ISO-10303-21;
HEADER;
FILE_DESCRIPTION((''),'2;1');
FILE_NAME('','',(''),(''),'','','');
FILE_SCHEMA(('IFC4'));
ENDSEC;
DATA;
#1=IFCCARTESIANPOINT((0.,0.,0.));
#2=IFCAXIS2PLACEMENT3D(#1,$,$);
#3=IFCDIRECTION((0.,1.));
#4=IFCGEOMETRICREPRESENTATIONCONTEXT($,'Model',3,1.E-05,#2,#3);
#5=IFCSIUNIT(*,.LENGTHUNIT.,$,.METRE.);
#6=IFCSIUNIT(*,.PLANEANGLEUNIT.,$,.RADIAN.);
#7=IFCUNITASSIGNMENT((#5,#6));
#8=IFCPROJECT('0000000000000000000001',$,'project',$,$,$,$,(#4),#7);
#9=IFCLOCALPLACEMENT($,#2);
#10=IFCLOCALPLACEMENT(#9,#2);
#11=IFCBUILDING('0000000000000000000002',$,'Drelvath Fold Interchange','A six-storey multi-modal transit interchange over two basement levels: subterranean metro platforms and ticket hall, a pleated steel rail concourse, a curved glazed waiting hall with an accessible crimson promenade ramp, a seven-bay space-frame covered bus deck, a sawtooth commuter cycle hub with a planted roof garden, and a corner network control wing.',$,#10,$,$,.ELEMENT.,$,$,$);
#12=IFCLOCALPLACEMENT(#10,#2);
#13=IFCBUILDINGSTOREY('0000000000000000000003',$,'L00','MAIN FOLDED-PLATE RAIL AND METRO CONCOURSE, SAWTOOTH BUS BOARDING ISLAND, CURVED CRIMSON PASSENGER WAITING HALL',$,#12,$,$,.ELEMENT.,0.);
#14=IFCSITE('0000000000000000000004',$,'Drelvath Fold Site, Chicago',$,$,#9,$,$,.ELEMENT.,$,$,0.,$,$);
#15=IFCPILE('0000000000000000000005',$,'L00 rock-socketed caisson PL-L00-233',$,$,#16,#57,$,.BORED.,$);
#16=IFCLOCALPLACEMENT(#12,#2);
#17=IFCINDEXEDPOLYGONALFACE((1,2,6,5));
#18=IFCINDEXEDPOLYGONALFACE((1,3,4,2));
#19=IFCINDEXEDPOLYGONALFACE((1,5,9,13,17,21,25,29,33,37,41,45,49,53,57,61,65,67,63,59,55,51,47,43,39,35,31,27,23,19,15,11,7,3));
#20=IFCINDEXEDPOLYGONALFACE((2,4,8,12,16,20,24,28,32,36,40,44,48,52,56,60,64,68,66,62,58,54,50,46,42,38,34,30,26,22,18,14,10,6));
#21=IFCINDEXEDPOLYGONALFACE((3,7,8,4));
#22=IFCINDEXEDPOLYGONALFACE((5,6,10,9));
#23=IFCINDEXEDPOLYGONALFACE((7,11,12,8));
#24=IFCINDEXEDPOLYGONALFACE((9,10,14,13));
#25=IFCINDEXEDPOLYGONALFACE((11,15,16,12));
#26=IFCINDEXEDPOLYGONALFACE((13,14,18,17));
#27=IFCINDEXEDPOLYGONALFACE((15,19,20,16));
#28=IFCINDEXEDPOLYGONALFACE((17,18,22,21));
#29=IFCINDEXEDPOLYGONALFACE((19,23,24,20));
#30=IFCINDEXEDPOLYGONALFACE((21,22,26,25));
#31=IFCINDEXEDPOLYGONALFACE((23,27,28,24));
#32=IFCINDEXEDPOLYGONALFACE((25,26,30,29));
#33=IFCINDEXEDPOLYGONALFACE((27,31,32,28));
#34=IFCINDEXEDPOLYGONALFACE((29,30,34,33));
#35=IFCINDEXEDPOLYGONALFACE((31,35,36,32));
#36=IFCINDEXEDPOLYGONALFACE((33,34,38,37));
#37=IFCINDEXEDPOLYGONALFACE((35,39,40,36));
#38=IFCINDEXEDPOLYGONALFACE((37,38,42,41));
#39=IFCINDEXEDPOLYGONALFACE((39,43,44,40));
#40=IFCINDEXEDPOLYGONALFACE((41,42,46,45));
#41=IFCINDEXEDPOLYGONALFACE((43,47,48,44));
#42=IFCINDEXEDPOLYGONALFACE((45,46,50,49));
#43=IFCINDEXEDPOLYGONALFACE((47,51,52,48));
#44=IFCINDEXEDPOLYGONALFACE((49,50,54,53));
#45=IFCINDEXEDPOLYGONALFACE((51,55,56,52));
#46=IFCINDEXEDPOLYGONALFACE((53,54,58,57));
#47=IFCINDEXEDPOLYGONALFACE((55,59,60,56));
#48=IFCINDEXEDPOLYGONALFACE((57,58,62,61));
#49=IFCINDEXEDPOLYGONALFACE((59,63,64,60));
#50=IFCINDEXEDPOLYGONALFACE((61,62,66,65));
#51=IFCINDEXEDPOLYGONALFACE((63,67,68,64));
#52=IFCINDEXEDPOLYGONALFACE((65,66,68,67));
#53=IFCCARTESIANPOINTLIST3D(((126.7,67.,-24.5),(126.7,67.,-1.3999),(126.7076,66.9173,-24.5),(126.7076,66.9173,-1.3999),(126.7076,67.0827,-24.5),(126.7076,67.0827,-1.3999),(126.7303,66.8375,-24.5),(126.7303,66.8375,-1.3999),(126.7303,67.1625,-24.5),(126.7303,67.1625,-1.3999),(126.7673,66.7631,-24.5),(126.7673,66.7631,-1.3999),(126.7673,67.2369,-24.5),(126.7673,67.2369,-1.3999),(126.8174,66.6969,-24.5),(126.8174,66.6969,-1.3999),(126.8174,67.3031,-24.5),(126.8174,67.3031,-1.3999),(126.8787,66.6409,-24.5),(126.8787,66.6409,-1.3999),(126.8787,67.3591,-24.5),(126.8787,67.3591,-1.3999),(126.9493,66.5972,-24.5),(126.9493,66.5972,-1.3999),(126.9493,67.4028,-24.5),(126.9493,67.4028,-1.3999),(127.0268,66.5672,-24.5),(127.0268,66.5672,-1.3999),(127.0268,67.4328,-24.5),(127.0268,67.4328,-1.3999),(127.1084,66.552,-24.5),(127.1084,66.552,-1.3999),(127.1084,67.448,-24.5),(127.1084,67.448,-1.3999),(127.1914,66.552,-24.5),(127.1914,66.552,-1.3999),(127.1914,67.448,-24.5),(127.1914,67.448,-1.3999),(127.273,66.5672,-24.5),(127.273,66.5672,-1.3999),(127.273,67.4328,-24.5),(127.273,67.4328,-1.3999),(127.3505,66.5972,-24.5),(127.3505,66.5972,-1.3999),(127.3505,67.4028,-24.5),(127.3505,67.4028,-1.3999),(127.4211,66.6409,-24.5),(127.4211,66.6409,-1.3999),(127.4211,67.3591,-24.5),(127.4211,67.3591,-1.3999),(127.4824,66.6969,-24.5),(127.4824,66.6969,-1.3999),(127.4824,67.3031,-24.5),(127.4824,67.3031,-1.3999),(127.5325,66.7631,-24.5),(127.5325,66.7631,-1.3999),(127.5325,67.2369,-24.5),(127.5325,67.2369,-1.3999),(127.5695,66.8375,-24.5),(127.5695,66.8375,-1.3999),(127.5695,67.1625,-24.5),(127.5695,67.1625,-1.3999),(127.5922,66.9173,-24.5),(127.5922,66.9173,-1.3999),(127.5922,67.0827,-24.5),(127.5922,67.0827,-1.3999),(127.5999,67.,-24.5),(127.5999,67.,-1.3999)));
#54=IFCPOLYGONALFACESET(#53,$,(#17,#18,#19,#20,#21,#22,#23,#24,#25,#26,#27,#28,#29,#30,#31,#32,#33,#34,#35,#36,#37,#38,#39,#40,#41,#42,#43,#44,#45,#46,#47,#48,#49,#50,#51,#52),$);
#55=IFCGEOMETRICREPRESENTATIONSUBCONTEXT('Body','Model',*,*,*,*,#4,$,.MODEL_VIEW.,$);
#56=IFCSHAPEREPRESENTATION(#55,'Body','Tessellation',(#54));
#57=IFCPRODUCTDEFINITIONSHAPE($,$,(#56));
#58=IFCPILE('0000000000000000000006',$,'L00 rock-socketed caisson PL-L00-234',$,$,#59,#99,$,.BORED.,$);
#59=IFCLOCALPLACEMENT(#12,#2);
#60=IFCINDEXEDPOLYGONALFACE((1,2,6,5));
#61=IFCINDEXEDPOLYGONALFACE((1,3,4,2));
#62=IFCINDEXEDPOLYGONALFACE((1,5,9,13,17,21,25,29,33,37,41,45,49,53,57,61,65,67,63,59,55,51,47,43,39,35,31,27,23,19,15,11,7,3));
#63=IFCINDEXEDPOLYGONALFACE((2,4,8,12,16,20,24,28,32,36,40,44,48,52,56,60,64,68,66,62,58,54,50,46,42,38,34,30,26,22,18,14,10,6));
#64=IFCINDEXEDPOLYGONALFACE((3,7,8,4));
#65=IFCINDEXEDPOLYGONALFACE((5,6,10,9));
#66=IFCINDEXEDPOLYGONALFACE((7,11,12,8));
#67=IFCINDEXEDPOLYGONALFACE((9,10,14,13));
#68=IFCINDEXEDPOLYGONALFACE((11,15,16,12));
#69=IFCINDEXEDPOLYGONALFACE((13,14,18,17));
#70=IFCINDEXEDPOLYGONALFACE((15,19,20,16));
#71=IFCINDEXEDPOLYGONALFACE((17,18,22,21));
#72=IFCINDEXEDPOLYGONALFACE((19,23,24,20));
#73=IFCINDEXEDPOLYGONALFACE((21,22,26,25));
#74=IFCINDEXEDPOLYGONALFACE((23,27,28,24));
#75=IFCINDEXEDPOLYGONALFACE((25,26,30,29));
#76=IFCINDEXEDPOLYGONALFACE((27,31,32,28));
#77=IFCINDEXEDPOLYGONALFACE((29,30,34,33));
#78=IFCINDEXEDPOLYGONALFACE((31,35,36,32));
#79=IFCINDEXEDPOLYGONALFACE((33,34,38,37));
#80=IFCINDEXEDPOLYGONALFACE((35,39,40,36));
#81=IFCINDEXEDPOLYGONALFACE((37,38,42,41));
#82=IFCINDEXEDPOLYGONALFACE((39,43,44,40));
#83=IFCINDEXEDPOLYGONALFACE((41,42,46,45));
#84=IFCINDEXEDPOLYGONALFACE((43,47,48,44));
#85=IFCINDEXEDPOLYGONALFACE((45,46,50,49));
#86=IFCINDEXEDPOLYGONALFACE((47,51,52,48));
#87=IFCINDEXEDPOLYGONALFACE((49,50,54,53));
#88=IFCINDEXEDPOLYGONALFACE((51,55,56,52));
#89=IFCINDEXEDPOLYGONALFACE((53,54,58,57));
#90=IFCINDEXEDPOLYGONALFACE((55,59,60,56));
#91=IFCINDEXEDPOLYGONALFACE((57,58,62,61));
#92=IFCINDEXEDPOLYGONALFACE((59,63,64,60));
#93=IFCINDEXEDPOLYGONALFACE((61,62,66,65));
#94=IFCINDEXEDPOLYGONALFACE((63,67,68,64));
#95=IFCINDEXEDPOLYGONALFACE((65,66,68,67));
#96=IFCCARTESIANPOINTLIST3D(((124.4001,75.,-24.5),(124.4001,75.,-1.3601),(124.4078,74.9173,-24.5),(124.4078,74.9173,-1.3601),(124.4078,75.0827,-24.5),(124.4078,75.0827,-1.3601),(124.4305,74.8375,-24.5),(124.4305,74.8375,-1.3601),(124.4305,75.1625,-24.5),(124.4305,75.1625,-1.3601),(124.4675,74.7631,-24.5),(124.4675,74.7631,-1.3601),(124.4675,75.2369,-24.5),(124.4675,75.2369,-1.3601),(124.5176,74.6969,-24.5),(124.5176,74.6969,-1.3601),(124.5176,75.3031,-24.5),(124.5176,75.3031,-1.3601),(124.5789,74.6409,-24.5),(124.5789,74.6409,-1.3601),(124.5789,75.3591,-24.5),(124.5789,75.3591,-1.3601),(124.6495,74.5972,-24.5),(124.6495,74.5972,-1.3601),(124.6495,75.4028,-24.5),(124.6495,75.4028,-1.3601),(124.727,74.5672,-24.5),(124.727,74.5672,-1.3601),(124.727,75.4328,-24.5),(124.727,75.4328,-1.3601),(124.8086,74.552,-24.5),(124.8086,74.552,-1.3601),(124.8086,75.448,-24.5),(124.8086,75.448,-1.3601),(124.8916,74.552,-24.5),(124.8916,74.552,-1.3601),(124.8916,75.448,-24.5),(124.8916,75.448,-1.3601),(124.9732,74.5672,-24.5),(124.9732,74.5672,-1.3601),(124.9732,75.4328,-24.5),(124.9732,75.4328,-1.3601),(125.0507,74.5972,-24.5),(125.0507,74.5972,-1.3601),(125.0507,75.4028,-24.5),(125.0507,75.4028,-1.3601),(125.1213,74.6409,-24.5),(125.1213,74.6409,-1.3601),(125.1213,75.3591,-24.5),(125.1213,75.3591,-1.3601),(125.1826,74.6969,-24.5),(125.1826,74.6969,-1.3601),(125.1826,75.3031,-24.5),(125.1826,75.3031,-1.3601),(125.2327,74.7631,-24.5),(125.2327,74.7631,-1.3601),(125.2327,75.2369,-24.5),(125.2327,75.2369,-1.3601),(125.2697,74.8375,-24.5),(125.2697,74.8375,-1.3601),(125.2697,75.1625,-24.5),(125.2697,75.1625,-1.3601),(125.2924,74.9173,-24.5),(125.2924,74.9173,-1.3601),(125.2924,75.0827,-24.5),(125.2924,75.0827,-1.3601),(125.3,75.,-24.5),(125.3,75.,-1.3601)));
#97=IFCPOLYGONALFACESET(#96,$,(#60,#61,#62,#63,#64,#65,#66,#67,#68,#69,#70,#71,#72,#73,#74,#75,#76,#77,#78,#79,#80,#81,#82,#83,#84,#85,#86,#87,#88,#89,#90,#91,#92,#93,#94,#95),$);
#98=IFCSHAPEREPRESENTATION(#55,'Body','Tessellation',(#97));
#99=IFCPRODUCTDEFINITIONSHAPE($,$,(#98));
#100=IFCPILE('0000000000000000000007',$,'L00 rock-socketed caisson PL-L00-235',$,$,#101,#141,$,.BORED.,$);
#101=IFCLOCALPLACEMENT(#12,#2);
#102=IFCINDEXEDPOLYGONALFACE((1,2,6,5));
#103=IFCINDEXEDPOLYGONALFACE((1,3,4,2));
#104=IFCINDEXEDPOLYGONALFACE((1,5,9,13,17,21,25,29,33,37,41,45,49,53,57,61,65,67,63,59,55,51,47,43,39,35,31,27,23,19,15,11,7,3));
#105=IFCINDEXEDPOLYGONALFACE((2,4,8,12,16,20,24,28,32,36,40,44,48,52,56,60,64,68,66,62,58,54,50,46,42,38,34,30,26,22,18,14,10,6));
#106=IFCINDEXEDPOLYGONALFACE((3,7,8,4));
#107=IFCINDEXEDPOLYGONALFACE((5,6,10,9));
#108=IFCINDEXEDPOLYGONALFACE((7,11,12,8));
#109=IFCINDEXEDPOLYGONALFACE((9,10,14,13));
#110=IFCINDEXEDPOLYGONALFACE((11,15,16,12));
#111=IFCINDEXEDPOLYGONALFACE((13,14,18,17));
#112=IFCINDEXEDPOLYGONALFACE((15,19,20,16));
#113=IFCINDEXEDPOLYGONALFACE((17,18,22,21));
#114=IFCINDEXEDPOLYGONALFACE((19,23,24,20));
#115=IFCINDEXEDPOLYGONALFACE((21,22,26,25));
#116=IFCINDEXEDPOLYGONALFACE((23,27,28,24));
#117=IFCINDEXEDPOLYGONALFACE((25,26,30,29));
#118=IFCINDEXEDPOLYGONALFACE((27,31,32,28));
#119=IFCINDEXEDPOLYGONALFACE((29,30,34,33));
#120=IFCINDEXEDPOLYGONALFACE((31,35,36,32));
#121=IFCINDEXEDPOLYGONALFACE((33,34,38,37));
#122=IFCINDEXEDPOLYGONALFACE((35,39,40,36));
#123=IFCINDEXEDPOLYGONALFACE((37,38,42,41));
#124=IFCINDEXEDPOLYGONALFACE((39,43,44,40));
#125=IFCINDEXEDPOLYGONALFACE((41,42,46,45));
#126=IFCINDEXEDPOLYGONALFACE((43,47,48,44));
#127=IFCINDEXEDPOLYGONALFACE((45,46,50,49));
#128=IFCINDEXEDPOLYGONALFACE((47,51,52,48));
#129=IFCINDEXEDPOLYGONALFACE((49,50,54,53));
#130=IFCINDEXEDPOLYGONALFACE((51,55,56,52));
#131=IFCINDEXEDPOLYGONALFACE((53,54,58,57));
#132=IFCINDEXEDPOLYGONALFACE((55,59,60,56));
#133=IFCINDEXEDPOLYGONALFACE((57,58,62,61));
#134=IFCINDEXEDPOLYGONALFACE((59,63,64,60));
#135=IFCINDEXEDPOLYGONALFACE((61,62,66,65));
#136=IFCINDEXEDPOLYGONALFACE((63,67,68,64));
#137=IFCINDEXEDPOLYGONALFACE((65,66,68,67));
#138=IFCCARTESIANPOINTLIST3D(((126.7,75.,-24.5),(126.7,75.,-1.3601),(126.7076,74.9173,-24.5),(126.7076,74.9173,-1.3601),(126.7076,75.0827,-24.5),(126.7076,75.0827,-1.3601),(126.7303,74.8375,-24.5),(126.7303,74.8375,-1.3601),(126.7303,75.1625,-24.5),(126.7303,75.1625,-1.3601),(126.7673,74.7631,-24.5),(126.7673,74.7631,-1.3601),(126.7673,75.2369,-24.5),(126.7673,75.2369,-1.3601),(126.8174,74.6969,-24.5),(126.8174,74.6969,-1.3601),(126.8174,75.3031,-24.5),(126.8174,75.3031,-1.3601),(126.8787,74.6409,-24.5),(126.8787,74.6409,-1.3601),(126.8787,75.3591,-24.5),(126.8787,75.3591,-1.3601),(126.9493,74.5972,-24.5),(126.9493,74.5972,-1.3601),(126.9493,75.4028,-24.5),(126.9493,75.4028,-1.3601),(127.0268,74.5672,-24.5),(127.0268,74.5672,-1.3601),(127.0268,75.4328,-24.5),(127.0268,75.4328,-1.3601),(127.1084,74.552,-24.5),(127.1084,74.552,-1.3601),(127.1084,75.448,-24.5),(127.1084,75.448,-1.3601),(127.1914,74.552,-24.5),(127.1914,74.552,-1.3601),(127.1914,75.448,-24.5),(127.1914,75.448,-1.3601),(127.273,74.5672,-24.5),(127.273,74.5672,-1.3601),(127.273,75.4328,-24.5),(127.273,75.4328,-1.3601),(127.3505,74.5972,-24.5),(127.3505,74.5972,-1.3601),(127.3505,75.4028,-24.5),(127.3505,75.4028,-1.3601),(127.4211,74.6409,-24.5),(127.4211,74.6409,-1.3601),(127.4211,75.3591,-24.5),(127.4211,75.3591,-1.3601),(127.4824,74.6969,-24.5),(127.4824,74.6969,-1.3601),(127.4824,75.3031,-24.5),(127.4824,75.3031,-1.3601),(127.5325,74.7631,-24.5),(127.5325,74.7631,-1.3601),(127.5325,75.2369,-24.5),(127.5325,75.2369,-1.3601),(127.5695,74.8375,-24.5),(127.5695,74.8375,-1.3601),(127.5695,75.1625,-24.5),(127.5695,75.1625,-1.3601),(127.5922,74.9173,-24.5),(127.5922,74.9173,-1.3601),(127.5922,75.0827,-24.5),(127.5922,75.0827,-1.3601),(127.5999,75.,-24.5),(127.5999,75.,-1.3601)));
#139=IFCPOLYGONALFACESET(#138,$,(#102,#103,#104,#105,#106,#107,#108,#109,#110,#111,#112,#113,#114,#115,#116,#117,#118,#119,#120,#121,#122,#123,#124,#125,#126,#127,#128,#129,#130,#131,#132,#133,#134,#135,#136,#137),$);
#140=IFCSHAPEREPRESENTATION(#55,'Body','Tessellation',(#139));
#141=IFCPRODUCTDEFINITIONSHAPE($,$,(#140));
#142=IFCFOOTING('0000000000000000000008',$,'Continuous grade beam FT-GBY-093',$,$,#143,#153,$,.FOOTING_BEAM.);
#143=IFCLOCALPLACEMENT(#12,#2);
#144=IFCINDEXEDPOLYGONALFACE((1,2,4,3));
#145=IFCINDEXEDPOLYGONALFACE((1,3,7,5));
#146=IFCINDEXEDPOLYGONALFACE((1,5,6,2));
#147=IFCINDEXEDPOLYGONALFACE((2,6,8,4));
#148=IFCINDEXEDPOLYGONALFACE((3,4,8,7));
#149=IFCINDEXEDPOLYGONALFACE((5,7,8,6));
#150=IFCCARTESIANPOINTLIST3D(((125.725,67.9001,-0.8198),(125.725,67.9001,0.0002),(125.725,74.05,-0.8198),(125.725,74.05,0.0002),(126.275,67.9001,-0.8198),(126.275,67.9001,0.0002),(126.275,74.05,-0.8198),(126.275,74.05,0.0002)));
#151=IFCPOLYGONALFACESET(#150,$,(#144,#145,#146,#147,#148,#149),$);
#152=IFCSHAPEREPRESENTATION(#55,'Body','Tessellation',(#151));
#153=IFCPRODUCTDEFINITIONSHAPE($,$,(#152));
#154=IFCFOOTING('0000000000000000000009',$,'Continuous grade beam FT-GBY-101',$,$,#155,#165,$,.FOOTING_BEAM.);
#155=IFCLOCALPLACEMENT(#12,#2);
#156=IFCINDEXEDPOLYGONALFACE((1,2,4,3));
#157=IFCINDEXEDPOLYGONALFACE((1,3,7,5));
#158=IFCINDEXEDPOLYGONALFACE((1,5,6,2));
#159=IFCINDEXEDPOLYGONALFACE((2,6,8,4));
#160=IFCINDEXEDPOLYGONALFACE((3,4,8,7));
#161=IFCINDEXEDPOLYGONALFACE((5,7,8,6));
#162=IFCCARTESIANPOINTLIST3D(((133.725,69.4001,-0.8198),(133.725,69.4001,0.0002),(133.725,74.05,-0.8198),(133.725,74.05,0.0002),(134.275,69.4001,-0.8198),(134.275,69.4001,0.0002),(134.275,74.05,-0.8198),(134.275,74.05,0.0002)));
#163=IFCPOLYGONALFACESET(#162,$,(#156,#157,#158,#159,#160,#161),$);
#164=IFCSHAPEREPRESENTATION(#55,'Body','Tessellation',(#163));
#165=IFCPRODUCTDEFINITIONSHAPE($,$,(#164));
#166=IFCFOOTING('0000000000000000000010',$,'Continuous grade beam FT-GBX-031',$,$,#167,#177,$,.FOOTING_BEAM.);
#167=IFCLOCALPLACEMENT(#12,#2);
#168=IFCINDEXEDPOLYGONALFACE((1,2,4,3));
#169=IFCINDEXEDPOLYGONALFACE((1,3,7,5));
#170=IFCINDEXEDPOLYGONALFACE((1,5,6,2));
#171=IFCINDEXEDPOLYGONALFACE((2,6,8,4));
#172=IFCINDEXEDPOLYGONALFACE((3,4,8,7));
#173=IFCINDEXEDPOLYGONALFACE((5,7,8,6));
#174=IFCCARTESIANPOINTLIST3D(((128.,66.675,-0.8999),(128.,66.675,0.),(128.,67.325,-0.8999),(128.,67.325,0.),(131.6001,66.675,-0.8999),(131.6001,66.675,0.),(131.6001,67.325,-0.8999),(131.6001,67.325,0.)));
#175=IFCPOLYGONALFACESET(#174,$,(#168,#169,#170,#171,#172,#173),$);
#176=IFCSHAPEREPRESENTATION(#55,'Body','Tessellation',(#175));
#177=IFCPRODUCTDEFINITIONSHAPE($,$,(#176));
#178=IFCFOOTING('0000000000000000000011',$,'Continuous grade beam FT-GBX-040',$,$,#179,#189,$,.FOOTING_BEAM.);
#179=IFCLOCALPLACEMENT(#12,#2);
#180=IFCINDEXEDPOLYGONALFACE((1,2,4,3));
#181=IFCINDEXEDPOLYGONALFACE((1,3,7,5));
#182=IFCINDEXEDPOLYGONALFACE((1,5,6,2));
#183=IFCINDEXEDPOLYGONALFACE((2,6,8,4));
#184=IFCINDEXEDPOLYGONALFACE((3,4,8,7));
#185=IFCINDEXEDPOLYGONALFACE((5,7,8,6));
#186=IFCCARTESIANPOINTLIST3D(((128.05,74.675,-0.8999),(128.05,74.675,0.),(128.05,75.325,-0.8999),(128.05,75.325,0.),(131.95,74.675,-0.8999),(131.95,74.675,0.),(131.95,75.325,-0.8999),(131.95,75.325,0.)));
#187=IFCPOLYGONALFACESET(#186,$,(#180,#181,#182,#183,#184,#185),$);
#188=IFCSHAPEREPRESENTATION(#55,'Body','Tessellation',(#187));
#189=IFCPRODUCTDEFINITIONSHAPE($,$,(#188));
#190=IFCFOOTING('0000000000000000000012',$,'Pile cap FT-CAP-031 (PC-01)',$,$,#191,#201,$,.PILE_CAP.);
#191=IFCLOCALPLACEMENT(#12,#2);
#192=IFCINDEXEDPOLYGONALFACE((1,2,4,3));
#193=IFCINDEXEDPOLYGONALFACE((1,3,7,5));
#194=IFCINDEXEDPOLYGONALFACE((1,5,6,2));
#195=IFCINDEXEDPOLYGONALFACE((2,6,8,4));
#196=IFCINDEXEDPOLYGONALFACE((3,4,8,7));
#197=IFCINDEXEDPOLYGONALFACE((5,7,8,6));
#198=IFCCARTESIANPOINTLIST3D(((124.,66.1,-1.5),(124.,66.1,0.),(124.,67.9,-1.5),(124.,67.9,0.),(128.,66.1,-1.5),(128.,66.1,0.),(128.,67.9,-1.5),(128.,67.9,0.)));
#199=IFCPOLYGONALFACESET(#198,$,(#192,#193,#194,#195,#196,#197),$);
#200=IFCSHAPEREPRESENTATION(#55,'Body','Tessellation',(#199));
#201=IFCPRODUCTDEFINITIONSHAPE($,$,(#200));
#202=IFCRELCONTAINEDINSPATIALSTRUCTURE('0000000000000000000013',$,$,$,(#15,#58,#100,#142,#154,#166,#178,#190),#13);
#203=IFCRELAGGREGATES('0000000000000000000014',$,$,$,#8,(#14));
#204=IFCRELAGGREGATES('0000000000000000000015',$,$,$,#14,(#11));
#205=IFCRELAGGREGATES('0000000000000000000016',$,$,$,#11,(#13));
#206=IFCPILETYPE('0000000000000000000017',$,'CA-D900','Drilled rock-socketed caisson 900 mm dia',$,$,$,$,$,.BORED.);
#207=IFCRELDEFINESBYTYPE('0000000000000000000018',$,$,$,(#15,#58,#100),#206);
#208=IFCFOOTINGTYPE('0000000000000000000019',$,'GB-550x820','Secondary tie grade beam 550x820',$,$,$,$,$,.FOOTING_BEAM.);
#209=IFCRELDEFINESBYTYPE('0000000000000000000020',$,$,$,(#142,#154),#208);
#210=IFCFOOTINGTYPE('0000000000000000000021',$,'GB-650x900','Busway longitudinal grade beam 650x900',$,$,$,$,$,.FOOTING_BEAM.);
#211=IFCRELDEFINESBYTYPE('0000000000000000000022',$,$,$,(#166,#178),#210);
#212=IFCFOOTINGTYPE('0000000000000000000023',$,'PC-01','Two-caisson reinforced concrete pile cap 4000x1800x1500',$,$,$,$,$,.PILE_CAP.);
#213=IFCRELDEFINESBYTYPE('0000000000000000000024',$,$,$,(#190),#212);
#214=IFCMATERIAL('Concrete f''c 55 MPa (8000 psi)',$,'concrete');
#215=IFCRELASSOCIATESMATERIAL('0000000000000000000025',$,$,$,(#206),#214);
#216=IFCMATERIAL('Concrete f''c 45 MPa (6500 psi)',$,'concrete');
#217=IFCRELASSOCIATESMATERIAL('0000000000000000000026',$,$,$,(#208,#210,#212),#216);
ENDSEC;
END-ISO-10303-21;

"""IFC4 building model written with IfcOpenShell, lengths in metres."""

from ifc_helpers import new_model, si_unit, direction, frame, origin, origin_2d, place, context, subcontext, project, spatial, rectangle, circle, extrude, material, material_profile, profile_set, type_object, element, save


model = new_model("IFC4")

# Units and contexts
model_context = context("Model", 3, precision=1e-05, world=origin(), true_north=direction((0.0, 1.0)))
body_context = subcontext(model_context, "Body", "Model", "MODEL_VIEW")
ifc_project = project(units=[si_unit("LENGTHUNIT", "METRE"), si_unit("PLANEANGLEUNIT", "RADIAN")], contexts=[model_context])

# Site, building, storey
site_placement = place(None, origin())
site = spatial("IfcSite", under=ifc_project, at=site_placement, Name="Drelvath Fold Site, Chicago", CompositionType="ELEMENT", RefElevation=0.0)
building_placement = place(site_placement, origin())
building = spatial("IfcBuilding", under=site, at=building_placement, Name="Drelvath Fold Interchange", Description="A six-storey multi-modal transit interchange over two basement levels: subterranean metro platforms and ticket hall, a pleated steel rail concourse, a curved glazed waiting hall with an accessible crimson promenade ramp, a seven-bay space-frame covered bus deck, a sawtooth commuter cycle hub with a planted roof garden, and a corner network control wing.", CompositionType="ELEMENT")
storey_placement = place(building_placement, origin())
storey = spatial("IfcBuildingStorey", under=building, at=storey_placement, Name="L00", Description="MAIN FOLDED-PLATE RAIL AND METRO CONCOURSE, SAWTOOTH BUS BOARDING ISLAND, CURVED CRIMSON PASSENGER WAITING HALL", CompositionType="ELEMENT", Elevation=0.0)

# Piles
ifc_material_1 = material(Name="Concrete f'c 55 MPa (8000 psi)", Category="concrete")
ifc_material_profile_1 = material_profile(ifc_material_1, circle(Radius=0.45, at=origin_2d()), Name="CAISSON D900")
ifc_profile_set_1 = profile_set([ifc_material_profile_1], Name="Concrete f'c 55 MPa (8000 psi)")
pile_type_1 = type_object("IfcPileType", Name="CA-D900", Description="Drilled rock-socketed caisson 900 mm dia", PredefinedType="BORED", material=ifc_profile_set_1)
for number, where, z_axis, x_axis, name in (
    (1, (127.1499, 67.0, -1.3999), (0.0, 0.0, -1.0), (1.0, 0.0, 0.0), "L00 rock-socketed caisson PL-L00-233"),
):
    element("IfcPile", number, at=place(storey_placement, frame(where, z_axis=z_axis, x_axis=x_axis)), inside=storey, type_object=pile_type_1, Name=name, PredefinedType="BORED", context=body_context, shape_type="SweptSolid", body=[
        extrude(circle(Radius=0.45, at=origin_2d()), origin(), (0.0, 0.0, 1.0), 23.1001),
    ])
for number, where, z_axis, x_axis, name in (
    (2, (124.8501, 75.0, -1.3601), (0.0, 0.0, -1.0), (1.0, 0.0, 0.0), "L00 rock-socketed caisson PL-L00-234"),
    (3, (127.1499, 75.0, -1.3601), (0.0, 0.0, -1.0), (1.0, 0.0, 0.0), "L00 rock-socketed caisson PL-L00-235"),
):
    element("IfcPile", number, at=place(storey_placement, frame(where, z_axis=z_axis, x_axis=x_axis)), inside=storey, type_object=pile_type_1, Name=name, PredefinedType="BORED", context=body_context, shape_type="SweptSolid", body=[
        extrude(circle(Radius=0.45, at=origin_2d()), origin(), (0.0, 0.0, 1.0), 23.1399),
    ])

# Footings
ifc_material_2 = material(Name="Concrete f'c 45 MPa (6500 psi)", Category="concrete")
footing_type_1 = type_object("IfcFootingType", Name="GB-550x820", Description="Secondary tie grade beam 550x820", PredefinedType="FOOTING_BEAM", material=ifc_material_2)
footing_1_placement = place(storey_placement, frame((126.0, 70.9751, -0.8198), z_axis=(0.0, 0.0, 1.0), x_axis=(1.0, 0.0, 0.0)))
element("IfcFooting", 4, at=footing_1_placement, inside=storey, type_object=footing_type_1, Name="Continuous grade beam FT-GBY-093", PredefinedType="FOOTING_BEAM", context=body_context, shape_type="SweptSolid", body=[
    extrude(rectangle(XDim=0.55, YDim=6.1499, at=origin_2d()), origin(), (0.0, 0.0, 1.0), 0.8201),
])
footing_2_placement = place(storey_placement, frame((134.0, 71.7251, -0.8198), z_axis=(0.0, 0.0, 1.0), x_axis=(1.0, 0.0, 0.0)))
element("IfcFooting", 5, at=footing_2_placement, inside=storey, type_object=footing_type_1, Name="Continuous grade beam FT-GBY-101", PredefinedType="FOOTING_BEAM", context=body_context, shape_type="SweptSolid", body=[
    extrude(rectangle(XDim=0.55, YDim=4.6499, at=origin_2d()), origin(), (0.0, 0.0, 1.0), 0.8201),
])
footing_type_2 = type_object("IfcFootingType", Name="GB-650x900", Description="Busway longitudinal grade beam 650x900", PredefinedType="FOOTING_BEAM", material=ifc_material_2)
footing_3_placement = place(storey_placement, frame((129.8, 67.0, -0.8999), z_axis=(0.0, 0.0, 1.0), x_axis=(1.0, 0.0, 0.0)))
element("IfcFooting", 6, at=footing_3_placement, inside=storey, type_object=footing_type_2, Name="Continuous grade beam FT-GBX-031", PredefinedType="FOOTING_BEAM", context=body_context, shape_type="SweptSolid", body=[
    extrude(rectangle(XDim=3.6001, YDim=0.6499, at=origin_2d()), origin(), (0.0, 0.0, 1.0), 0.8999),
])
footing_4_placement = place(storey_placement, frame((130.0, 75.0, -0.8999), z_axis=(0.0, 0.0, 1.0), x_axis=(1.0, 0.0, 0.0)))
element("IfcFooting", 7, at=footing_4_placement, inside=storey, type_object=footing_type_2, Name="Continuous grade beam FT-GBX-040", PredefinedType="FOOTING_BEAM", context=body_context, shape_type="SweptSolid", body=[
    extrude(rectangle(XDim=3.8999, YDim=0.6499, at=origin_2d()), origin(), (0.0, 0.0, 1.0), 0.8999),
])
footing_type_3 = type_object("IfcFootingType", Name="PC-01", Description="Two-caisson reinforced concrete pile cap 4000x1800x1500", PredefinedType="PILE_CAP", material=ifc_material_2)
footing_5_placement = place(storey_placement, frame((126.0, 67.0, -1.5), z_axis=(0.0, 0.0, 1.0), x_axis=(1.0, 0.0, 0.0)))
element("IfcFooting", 8, at=footing_5_placement, inside=storey, type_object=footing_type_3, Name="Pile cap FT-CAP-031 (PC-01)", PredefinedType="PILE_CAP", context=body_context, shape_type="SweptSolid", body=[
    extrude(rectangle(XDim=4.0, YDim=1.8, at=origin_2d()), origin(), (0.0, 0.0, 1.0), 1.5),
])

save(model, "model.ifc")
